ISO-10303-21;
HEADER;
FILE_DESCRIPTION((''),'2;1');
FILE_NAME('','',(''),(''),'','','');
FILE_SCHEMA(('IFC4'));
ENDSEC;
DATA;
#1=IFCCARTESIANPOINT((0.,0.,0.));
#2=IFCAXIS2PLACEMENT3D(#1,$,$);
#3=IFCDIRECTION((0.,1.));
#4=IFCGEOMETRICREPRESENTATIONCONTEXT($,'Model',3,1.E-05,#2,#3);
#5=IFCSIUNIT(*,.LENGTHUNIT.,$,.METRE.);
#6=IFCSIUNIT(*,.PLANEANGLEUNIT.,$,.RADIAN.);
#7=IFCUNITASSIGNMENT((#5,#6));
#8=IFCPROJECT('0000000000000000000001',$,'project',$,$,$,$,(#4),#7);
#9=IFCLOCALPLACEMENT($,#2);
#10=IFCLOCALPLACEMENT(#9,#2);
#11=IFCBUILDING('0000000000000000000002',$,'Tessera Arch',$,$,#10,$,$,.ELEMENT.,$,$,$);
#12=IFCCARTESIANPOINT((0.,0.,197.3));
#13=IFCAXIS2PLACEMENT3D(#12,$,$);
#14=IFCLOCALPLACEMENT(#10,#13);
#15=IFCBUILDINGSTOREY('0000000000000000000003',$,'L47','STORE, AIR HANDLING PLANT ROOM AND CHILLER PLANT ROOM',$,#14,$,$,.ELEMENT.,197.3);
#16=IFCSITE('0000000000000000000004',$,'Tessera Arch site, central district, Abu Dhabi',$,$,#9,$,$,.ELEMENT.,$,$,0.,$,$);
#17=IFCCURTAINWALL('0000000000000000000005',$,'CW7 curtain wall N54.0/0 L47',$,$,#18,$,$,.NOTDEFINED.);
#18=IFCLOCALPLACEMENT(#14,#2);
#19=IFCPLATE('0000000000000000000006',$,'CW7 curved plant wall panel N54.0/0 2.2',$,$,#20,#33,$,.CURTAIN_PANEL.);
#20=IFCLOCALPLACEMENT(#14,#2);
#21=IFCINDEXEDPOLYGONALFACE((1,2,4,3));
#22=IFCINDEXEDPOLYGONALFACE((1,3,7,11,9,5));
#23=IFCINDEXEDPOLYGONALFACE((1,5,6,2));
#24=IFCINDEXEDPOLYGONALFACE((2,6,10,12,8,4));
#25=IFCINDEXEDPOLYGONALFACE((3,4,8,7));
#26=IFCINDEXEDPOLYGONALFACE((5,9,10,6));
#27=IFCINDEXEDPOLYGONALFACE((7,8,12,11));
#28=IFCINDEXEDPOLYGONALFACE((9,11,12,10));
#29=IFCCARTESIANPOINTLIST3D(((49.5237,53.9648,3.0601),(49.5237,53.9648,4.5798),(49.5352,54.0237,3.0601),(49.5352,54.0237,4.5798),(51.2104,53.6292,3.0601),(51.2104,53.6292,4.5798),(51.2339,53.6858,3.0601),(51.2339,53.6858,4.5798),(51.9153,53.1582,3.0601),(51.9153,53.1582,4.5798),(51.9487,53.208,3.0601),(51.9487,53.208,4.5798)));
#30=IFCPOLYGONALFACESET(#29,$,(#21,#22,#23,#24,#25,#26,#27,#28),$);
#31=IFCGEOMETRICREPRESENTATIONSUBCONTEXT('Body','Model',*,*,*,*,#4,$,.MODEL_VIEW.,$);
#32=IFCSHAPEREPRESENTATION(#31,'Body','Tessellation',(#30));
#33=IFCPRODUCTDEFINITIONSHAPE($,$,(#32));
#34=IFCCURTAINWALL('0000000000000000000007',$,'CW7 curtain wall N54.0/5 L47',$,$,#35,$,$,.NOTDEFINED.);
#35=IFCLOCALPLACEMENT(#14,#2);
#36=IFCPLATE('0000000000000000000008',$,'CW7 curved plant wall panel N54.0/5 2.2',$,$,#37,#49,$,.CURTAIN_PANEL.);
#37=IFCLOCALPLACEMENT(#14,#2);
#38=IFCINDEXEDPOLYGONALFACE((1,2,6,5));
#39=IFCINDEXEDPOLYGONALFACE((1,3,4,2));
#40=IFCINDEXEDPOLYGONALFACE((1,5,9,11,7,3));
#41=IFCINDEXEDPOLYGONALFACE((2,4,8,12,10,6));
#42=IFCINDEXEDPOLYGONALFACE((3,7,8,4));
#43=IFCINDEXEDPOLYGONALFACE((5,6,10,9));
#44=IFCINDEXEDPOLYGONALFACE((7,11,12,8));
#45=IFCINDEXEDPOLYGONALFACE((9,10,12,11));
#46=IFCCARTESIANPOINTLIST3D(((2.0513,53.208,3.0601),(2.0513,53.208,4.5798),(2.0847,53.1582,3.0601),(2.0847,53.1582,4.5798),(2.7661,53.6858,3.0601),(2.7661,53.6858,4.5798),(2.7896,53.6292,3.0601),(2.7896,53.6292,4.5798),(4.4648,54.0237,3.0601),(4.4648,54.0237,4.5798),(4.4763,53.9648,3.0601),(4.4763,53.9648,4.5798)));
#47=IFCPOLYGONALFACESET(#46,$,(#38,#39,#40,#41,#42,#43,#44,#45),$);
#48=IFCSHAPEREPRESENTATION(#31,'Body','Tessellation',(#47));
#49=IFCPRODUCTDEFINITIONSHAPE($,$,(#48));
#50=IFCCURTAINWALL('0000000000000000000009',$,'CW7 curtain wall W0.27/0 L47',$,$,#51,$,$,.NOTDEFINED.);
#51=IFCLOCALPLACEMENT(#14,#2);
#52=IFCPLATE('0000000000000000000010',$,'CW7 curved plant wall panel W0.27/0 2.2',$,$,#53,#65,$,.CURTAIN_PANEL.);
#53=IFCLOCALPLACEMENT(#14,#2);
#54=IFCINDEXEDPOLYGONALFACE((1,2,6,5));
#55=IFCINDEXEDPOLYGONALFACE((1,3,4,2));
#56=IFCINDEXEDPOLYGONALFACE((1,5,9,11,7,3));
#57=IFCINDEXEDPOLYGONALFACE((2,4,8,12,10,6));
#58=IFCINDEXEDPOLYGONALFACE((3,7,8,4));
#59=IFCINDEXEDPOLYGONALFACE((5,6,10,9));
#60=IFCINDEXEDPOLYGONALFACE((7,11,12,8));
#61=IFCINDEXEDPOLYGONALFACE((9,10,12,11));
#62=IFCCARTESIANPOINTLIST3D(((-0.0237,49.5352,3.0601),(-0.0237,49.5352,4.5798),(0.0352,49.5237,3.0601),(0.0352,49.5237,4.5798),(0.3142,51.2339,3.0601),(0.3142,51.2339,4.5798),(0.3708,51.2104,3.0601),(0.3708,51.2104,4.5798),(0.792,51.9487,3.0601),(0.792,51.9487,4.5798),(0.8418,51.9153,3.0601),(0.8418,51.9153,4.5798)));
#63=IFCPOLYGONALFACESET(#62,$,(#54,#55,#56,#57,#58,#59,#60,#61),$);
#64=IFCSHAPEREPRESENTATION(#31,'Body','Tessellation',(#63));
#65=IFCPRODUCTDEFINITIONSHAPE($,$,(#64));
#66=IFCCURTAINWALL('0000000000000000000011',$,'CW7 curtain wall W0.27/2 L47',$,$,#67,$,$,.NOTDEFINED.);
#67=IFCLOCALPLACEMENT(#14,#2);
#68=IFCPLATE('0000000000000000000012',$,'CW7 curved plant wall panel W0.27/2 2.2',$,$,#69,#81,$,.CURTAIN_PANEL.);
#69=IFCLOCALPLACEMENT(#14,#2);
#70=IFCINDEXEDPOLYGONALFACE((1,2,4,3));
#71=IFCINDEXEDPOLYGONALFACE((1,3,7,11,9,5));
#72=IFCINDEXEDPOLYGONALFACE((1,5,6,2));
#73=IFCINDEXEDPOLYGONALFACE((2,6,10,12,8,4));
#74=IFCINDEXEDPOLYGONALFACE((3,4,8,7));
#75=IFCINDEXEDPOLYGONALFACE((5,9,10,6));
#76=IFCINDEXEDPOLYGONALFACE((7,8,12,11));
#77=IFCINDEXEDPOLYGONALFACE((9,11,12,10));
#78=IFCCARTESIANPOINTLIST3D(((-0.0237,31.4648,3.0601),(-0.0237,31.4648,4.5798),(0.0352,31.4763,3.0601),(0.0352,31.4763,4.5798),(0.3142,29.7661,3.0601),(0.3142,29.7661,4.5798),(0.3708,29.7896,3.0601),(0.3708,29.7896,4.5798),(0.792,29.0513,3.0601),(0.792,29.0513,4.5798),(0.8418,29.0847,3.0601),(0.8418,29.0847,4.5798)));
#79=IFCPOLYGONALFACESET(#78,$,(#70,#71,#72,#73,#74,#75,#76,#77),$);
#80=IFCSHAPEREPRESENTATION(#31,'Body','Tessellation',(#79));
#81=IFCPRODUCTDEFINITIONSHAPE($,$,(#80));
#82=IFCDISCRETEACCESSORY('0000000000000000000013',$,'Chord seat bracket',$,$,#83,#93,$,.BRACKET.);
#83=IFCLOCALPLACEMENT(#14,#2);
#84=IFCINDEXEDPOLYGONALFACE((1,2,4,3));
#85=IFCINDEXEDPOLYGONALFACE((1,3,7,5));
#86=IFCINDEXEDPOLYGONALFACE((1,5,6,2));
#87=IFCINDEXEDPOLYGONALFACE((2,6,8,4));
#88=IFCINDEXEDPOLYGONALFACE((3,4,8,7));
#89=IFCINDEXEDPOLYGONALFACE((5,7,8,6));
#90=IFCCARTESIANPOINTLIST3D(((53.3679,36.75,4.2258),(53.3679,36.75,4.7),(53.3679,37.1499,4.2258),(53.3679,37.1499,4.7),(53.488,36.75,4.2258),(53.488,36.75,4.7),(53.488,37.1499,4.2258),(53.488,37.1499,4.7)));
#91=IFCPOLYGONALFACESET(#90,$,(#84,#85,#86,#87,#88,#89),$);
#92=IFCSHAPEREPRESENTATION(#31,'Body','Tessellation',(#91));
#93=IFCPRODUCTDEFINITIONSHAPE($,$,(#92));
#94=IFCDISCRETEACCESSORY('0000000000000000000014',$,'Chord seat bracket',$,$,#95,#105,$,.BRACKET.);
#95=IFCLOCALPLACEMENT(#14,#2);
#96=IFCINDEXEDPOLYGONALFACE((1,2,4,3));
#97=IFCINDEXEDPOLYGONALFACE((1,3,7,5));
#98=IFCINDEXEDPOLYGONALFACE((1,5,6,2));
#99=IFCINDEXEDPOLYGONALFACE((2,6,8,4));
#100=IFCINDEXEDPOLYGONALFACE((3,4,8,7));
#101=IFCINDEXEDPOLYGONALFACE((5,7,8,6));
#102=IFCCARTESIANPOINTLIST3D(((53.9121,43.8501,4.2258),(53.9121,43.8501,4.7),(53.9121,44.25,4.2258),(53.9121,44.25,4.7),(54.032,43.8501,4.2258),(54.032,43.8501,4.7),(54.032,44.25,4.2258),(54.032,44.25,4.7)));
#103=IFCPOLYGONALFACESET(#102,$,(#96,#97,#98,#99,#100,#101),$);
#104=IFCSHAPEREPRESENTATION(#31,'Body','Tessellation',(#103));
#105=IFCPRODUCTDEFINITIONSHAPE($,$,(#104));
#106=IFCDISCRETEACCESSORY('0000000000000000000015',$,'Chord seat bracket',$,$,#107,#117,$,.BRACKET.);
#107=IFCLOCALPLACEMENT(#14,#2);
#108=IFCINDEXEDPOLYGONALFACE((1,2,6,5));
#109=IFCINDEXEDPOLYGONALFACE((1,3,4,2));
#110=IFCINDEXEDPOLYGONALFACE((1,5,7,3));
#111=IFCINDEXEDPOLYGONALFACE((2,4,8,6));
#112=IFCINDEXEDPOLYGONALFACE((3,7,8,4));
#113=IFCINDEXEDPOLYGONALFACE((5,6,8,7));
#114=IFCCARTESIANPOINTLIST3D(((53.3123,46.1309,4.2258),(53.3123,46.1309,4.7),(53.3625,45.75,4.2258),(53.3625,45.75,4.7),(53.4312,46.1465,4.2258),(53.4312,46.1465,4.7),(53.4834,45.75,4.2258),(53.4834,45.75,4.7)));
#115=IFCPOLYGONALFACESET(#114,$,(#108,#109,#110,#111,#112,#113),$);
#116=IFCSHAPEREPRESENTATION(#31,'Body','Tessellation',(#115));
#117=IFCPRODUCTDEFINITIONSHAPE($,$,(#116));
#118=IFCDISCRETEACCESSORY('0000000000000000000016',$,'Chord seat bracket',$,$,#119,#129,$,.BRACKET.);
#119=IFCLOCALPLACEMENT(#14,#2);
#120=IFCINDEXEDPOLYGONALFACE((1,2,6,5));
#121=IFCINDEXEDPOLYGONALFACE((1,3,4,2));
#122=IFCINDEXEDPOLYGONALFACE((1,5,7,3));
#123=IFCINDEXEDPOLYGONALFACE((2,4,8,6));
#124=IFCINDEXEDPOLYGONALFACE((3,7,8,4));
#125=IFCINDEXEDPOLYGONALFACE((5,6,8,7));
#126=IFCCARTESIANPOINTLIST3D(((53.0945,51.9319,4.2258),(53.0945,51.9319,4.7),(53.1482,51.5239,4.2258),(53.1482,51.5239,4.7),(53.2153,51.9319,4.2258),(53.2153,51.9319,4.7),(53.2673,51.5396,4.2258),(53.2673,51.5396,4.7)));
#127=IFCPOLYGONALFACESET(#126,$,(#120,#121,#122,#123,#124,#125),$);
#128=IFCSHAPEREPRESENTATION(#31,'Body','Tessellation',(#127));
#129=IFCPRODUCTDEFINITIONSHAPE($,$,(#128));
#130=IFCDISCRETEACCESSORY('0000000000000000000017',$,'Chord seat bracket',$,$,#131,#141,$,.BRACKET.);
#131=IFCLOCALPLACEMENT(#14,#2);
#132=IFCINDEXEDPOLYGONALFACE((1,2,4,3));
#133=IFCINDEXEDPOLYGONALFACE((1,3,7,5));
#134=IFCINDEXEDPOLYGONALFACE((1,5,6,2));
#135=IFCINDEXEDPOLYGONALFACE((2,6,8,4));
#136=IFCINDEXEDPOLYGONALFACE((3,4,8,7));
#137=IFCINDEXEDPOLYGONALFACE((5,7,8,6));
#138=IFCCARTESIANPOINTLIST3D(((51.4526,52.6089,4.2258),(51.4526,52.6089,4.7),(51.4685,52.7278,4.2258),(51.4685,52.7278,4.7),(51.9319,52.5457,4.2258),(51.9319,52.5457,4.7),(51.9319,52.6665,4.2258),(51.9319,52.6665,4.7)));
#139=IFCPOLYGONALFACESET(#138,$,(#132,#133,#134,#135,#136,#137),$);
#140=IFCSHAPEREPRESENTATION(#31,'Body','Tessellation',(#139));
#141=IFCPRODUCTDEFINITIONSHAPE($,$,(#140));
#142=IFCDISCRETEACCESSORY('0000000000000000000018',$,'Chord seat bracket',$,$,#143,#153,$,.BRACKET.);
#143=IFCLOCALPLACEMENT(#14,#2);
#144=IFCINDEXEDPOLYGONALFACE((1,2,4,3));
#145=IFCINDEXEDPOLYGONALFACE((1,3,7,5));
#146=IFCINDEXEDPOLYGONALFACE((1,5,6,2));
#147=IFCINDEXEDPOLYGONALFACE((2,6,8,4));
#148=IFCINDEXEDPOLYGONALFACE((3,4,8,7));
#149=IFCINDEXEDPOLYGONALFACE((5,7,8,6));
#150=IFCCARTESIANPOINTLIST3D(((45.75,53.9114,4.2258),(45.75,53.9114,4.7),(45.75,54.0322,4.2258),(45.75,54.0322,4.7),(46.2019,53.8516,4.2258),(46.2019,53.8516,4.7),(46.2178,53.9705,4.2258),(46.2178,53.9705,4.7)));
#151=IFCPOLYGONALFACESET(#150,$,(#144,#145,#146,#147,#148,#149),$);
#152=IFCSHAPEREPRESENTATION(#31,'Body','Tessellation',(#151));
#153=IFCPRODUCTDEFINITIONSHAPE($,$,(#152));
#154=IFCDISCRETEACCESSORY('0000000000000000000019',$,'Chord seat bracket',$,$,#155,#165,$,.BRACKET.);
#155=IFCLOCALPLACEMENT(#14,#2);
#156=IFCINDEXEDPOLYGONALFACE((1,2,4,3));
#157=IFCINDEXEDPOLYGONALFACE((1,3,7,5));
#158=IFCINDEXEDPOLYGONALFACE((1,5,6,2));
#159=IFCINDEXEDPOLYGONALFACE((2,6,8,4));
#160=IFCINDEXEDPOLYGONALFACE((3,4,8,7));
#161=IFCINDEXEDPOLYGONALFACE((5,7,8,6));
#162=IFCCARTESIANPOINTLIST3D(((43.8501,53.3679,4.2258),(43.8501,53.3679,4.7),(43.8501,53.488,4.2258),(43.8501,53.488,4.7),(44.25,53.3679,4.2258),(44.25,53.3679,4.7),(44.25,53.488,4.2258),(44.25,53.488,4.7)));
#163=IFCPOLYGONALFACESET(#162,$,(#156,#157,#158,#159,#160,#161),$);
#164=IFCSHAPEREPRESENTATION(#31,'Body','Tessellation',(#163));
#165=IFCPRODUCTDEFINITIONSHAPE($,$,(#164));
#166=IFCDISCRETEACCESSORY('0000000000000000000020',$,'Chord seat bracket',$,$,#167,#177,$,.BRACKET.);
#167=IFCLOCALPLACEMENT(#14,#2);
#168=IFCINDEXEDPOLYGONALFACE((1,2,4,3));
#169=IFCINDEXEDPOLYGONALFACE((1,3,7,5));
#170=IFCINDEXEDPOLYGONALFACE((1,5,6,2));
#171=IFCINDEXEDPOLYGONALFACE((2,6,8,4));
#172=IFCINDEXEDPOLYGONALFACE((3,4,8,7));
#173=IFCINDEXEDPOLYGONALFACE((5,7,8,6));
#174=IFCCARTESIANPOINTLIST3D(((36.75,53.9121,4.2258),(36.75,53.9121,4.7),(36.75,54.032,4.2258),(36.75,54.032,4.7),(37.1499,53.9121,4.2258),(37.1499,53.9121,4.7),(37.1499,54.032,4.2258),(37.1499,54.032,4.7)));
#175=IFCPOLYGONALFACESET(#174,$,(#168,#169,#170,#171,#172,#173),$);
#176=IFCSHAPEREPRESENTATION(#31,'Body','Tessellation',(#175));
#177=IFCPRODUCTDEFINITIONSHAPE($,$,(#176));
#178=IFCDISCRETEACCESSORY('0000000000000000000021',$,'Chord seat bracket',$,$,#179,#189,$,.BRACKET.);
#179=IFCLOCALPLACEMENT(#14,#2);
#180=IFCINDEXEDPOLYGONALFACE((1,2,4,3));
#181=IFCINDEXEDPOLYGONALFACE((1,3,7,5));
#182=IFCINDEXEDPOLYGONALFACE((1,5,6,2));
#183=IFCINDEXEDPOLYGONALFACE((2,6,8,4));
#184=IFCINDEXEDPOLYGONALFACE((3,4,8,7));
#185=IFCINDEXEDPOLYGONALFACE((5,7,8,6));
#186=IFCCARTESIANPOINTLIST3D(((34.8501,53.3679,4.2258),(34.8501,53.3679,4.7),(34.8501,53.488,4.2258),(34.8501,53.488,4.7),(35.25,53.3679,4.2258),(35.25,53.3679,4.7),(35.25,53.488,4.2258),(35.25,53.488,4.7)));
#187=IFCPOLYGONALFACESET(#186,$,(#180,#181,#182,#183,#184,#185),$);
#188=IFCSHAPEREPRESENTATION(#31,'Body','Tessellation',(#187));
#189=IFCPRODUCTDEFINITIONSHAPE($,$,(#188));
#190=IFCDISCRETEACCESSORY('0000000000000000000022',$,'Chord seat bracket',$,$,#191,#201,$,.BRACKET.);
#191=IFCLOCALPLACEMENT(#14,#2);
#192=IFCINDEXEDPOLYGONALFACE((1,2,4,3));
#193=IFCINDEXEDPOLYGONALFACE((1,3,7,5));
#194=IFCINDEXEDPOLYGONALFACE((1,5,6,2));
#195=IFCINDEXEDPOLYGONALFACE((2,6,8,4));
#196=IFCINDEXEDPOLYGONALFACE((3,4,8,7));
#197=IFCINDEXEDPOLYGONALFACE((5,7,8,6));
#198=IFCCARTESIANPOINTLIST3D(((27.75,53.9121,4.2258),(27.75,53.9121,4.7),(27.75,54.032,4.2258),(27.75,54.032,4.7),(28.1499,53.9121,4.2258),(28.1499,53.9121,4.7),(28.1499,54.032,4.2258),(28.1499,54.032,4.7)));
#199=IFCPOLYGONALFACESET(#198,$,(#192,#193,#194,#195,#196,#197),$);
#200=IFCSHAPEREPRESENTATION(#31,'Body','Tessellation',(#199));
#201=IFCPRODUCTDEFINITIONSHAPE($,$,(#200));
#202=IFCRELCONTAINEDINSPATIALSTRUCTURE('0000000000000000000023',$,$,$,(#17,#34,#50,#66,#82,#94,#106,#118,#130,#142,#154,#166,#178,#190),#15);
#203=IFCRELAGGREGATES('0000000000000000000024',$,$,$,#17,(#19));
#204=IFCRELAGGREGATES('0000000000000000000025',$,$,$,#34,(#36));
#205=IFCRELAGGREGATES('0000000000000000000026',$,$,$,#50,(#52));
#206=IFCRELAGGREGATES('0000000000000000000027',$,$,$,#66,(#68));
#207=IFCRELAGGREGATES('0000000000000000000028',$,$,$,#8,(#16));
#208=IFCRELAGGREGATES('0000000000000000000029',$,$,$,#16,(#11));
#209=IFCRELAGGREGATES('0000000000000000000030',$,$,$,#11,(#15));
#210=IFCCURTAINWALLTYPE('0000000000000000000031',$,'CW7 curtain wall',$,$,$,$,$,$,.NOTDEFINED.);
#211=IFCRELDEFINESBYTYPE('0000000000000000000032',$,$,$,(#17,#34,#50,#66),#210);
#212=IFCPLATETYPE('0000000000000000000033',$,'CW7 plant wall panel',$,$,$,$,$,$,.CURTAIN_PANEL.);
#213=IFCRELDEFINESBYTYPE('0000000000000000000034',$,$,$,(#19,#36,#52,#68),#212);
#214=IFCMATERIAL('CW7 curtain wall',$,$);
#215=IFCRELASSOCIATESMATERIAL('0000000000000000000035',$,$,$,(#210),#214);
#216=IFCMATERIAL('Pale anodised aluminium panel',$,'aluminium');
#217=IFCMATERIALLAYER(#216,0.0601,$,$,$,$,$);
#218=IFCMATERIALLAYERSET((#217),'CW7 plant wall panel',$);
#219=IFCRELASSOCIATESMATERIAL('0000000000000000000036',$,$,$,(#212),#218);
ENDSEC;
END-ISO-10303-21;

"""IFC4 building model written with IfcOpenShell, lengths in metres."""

from ifc_helpers import new_model, si_unit, direction, frame, origin, place, context, subcontext, project, spatial, polyline, outline, extrude, material, layer, layer_set, type_object, element, aggregate, save


model = new_model("IFC4")

# Units and contexts
model_context = context("Model", 3, precision=1e-05, world=origin(), true_north=direction((0.0, 1.0)))
body_context = subcontext(model_context, "Body", "Model", "MODEL_VIEW")
ifc_project = project(units=[si_unit("LENGTHUNIT", "METRE"), si_unit("PLANEANGLEUNIT", "RADIAN")], contexts=[model_context])

# Site, building, storey
site_placement = place(None, origin())
site = spatial("IfcSite", under=ifc_project, at=site_placement, Name="Tessera Arch site, central district, Abu Dhabi", CompositionType="ELEMENT", RefElevation=0.0)
building_placement = place(site_placement, origin())
building = spatial("IfcBuilding", under=site, at=building_placement, Name="Tessera Arch", CompositionType="ELEMENT")
storey_placement = place(building_placement, frame((0.0, 0.0, 197.3)))
storey = spatial("IfcBuildingStorey", under=building, at=storey_placement, Name="L47", Description="STORE, AIR HANDLING PLANT ROOM AND CHILLER PLANT ROOM", CompositionType="ELEMENT", Elevation=197.3)

# Curtain walls, plates
ifc_material_1 = material(Name="CW7 curtain wall")
curtain_wall_type = type_object("IfcCurtainWallType", Name="CW7 curtain wall", PredefinedType="NOTDEFINED", material=ifc_material_1)
curtain_wall_1_placement = place(storey_placement, origin())
curtain_wall_1 = element("IfcCurtainWall", 1, at=curtain_wall_1_placement, inside=storey, type_object=curtain_wall_type, Name="CW7 curtain wall N54.0/0 L47", PredefinedType="NOTDEFINED")
ifc_material_2 = material(Name="Pale anodised aluminium panel", Category="aluminium")
ifc_layer = layer(ifc_material_2, 0.0601)
ifc_layer_set = layer_set([ifc_layer], Name="CW7 plant wall panel")
plate_type = type_object("IfcPlateType", Name="CW7 plant wall panel", PredefinedType="CURTAIN_PANEL", material=ifc_layer_set)
plate_1_placement = place(storey_placement, frame((0.0, 0.0, 3.0601)))
plate_1 = element("IfcPlate", 2, at=plate_1_placement, type_object=plate_type, Name="CW7 curved plant wall panel N54.0/0 2.2", PredefinedType="CURTAIN_PANEL", context=body_context, shape_type="SweptSolid", body=[
    extrude(outline(polyline([(51.2104, 53.6292), (51.9153, 53.1582), (51.9487, 53.208), (51.2339, 53.6858), (49.5352, 54.0237), (49.5237, 53.9648), (51.2104, 53.6292)])), origin(), (0.0, 0.0, 1.0), 1.5198),
])
aggregate(curtain_wall_1, [plate_1])
curtain_wall_2_placement = place(storey_placement, origin())
curtain_wall_2 = element("IfcCurtainWall", 3, at=curtain_wall_2_placement, inside=storey, type_object=curtain_wall_type, Name="CW7 curtain wall N54.0/5 L47", PredefinedType="NOTDEFINED")
plate_2_placement = place(storey_placement, frame((0.0, 0.0, 3.0601)))
plate_2 = element("IfcPlate", 4, at=plate_2_placement, type_object=plate_type, Name="CW7 curved plant wall panel N54.0/5 2.2", PredefinedType="CURTAIN_PANEL", context=body_context, shape_type="SweptSolid", body=[
    extrude(outline(polyline([(2.7896, 53.6292), (4.4763, 53.9648), (4.4648, 54.0237), (2.7661, 53.6858), (2.0513, 53.208), (2.0847, 53.1582), (2.7896, 53.6292)])), origin(), (0.0, 0.0, 1.0), 1.5198),
])
aggregate(curtain_wall_2, [plate_2])
curtain_wall_3_placement = place(storey_placement, origin())
curtain_wall_3 = element("IfcCurtainWall", 5, at=curtain_wall_3_placement, inside=storey, type_object=curtain_wall_type, Name="CW7 curtain wall W0.27/0 L47", PredefinedType="NOTDEFINED")
plate_3_placement = place(storey_placement, frame((0.0, 0.0, 3.0601)))
plate_3 = element("IfcPlate", 6, at=plate_3_placement, type_object=plate_type, Name="CW7 curved plant wall panel W0.27/0 2.2", PredefinedType="CURTAIN_PANEL", context=body_context, shape_type="SweptSolid", body=[
    extrude(outline(polyline([(0.3708, 51.2104), (0.8418, 51.9153), (0.792, 51.9487), (0.3142, 51.2339), (-0.0237, 49.5352), (0.0352, 49.5237), (0.3708, 51.2104)])), origin(), (0.0, 0.0, 1.0), 1.5198),
])
aggregate(curtain_wall_3, [plate_3])
curtain_wall_4_placement = place(storey_placement, origin())
curtain_wall_4 = element("IfcCurtainWall", 7, at=curtain_wall_4_placement, inside=storey, type_object=curtain_wall_type, Name="CW7 curtain wall W0.27/2 L47", PredefinedType="NOTDEFINED")
plate_4_placement = place(storey_placement, frame((0.0, 0.0, 3.0601)))
plate_4 = element("IfcPlate", 8, at=plate_4_placement, type_object=plate_type, Name="CW7 curved plant wall panel W0.27/2 2.2", PredefinedType="CURTAIN_PANEL", context=body_context, shape_type="SweptSolid", body=[
    extrude(outline(polyline([(0.3708, 29.7896), (0.0352, 31.4763), (-0.0237, 31.4648), (0.3142, 29.7661), (0.792, 29.0513), (0.8418, 29.0847), (0.3708, 29.7896)])), origin(), (0.0, 0.0, 1.0), 1.5198),
])
aggregate(curtain_wall_4, [plate_4])

# Discrete accessories
discrete_accessory_1_placement = place(storey_placement, frame((0.0, 0.0, 4.2258)))
element("IfcDiscreteAccessory", 9, at=discrete_accessory_1_placement, inside=storey, Name="Chord seat bracket", PredefinedType="BRACKET", context=body_context, shape_type="SweptSolid", body=[
    extrude(outline(polyline([(53.488, 36.75), (53.3679, 36.75), (53.3679, 37.1499), (53.488, 37.1499), (53.488, 36.75)])), origin(), (0.0, 0.0, 1.0), 0.4741),
])
discrete_accessory_2_placement = place(storey_placement, frame((0.0, 0.0, 4.2258)))
element("IfcDiscreteAccessory", 10, at=discrete_accessory_2_placement, inside=storey, Name="Chord seat bracket", PredefinedType="BRACKET", context=body_context, shape_type="SweptSolid", body=[
    extrude(outline(polyline([(53.9121, 43.8501), (53.9121, 44.25), (54.032, 44.25), (54.032, 43.8501), (53.9121, 43.8501)])), origin(), (0.0, 0.0, 1.0), 0.4741),
])
discrete_accessory_3_placement = place(storey_placement, frame((0.0, 0.0, 4.2258)))
element("IfcDiscreteAccessory", 11, at=discrete_accessory_3_placement, inside=storey, Name="Chord seat bracket", PredefinedType="BRACKET", context=body_context, shape_type="SweptSolid", body=[
    extrude(outline(polyline([(53.4312, 46.1465), (53.4834, 45.75), (53.3625, 45.75), (53.3123, 46.1309), (53.4312, 46.1465)])), origin(), (0.0, 0.0, 1.0), 0.4741),
])
discrete_accessory_4_placement = place(storey_placement, frame((0.0, 0.0, 4.2258)))
element("IfcDiscreteAccessory", 12, at=discrete_accessory_4_placement, inside=storey, Name="Chord seat bracket", PredefinedType="BRACKET", context=body_context, shape_type="SweptSolid", body=[
    extrude(outline(polyline([(53.1482, 51.5239), (53.0945, 51.9319), (53.2153, 51.9319), (53.2673, 51.5396), (53.1482, 51.5239)])), origin(), (0.0, 0.0, 1.0), 0.4741),
])
discrete_accessory_5_placement = place(storey_placement, frame((0.0, 0.0, 4.2258)))
element("IfcDiscreteAccessory", 13, at=discrete_accessory_5_placement, inside=storey, Name="Chord seat bracket", PredefinedType="BRACKET", context=body_context, shape_type="SweptSolid", body=[
    extrude(outline(polyline([(51.4685, 52.7278), (51.9319, 52.6665), (51.9319, 52.5457), (51.4526, 52.6089), (51.4685, 52.7278)])), origin(), (0.0, 0.0, 1.0), 0.4741),
])
discrete_accessory_6_placement = place(storey_placement, frame((0.0, 0.0, 4.2258)))
element("IfcDiscreteAccessory", 14, at=discrete_accessory_6_placement, inside=storey, Name="Chord seat bracket", PredefinedType="BRACKET", context=body_context, shape_type="SweptSolid", body=[
    extrude(outline(polyline([(46.2019, 53.8516), (45.75, 53.9114), (45.75, 54.0322), (46.2178, 53.9705), (46.2019, 53.8516)])), origin(), (0.0, 0.0, 1.0), 0.4741),
])
discrete_accessory_7_placement = place(storey_placement, frame((0.0, 0.0, 4.2258)))
element("IfcDiscreteAccessory", 15, at=discrete_accessory_7_placement, inside=storey, Name="Chord seat bracket", PredefinedType="BRACKET", context=body_context, shape_type="SweptSolid", body=[
    extrude(outline(polyline([(43.8501, 53.488), (44.25, 53.488), (44.25, 53.3679), (43.8501, 53.3679), (43.8501, 53.488)])), origin(), (0.0, 0.0, 1.0), 0.4741),
])
discrete_accessory_8_placement = place(storey_placement, frame((0.0, 0.0, 4.2258)))
element("IfcDiscreteAccessory", 16, at=discrete_accessory_8_placement, inside=storey, Name="Chord seat bracket", PredefinedType="BRACKET", context=body_context, shape_type="SweptSolid", body=[
    extrude(outline(polyline([(36.75, 53.9121), (36.75, 54.032), (37.1499, 54.032), (37.1499, 53.9121), (36.75, 53.9121)])), origin(), (0.0, 0.0, 1.0), 0.4741),
])
discrete_accessory_9_placement = place(storey_placement, frame((0.0, 0.0, 4.2258)))
element("IfcDiscreteAccessory", 17, at=discrete_accessory_9_placement, inside=storey, Name="Chord seat bracket", PredefinedType="BRACKET", context=body_context, shape_type="SweptSolid", body=[
    extrude(outline(polyline([(35.25, 53.488), (35.25, 53.3679), (34.8501, 53.3679), (34.8501, 53.488), (35.25, 53.488)])), origin(), (0.0, 0.0, 1.0), 0.4741),
])
discrete_accessory_10_placement = place(storey_placement, frame((0.0, 0.0, 4.2258)))
element("IfcDiscreteAccessory", 18, at=discrete_accessory_10_placement, inside=storey, Name="Chord seat bracket", PredefinedType="BRACKET", context=body_context, shape_type="SweptSolid", body=[
    extrude(outline(polyline([(28.1499, 53.9121), (27.75, 53.9121), (27.75, 54.032), (28.1499, 54.032), (28.1499, 53.9121)])), origin(), (0.0, 0.0, 1.0), 0.4741),
])

save(model, "model.ifc")
